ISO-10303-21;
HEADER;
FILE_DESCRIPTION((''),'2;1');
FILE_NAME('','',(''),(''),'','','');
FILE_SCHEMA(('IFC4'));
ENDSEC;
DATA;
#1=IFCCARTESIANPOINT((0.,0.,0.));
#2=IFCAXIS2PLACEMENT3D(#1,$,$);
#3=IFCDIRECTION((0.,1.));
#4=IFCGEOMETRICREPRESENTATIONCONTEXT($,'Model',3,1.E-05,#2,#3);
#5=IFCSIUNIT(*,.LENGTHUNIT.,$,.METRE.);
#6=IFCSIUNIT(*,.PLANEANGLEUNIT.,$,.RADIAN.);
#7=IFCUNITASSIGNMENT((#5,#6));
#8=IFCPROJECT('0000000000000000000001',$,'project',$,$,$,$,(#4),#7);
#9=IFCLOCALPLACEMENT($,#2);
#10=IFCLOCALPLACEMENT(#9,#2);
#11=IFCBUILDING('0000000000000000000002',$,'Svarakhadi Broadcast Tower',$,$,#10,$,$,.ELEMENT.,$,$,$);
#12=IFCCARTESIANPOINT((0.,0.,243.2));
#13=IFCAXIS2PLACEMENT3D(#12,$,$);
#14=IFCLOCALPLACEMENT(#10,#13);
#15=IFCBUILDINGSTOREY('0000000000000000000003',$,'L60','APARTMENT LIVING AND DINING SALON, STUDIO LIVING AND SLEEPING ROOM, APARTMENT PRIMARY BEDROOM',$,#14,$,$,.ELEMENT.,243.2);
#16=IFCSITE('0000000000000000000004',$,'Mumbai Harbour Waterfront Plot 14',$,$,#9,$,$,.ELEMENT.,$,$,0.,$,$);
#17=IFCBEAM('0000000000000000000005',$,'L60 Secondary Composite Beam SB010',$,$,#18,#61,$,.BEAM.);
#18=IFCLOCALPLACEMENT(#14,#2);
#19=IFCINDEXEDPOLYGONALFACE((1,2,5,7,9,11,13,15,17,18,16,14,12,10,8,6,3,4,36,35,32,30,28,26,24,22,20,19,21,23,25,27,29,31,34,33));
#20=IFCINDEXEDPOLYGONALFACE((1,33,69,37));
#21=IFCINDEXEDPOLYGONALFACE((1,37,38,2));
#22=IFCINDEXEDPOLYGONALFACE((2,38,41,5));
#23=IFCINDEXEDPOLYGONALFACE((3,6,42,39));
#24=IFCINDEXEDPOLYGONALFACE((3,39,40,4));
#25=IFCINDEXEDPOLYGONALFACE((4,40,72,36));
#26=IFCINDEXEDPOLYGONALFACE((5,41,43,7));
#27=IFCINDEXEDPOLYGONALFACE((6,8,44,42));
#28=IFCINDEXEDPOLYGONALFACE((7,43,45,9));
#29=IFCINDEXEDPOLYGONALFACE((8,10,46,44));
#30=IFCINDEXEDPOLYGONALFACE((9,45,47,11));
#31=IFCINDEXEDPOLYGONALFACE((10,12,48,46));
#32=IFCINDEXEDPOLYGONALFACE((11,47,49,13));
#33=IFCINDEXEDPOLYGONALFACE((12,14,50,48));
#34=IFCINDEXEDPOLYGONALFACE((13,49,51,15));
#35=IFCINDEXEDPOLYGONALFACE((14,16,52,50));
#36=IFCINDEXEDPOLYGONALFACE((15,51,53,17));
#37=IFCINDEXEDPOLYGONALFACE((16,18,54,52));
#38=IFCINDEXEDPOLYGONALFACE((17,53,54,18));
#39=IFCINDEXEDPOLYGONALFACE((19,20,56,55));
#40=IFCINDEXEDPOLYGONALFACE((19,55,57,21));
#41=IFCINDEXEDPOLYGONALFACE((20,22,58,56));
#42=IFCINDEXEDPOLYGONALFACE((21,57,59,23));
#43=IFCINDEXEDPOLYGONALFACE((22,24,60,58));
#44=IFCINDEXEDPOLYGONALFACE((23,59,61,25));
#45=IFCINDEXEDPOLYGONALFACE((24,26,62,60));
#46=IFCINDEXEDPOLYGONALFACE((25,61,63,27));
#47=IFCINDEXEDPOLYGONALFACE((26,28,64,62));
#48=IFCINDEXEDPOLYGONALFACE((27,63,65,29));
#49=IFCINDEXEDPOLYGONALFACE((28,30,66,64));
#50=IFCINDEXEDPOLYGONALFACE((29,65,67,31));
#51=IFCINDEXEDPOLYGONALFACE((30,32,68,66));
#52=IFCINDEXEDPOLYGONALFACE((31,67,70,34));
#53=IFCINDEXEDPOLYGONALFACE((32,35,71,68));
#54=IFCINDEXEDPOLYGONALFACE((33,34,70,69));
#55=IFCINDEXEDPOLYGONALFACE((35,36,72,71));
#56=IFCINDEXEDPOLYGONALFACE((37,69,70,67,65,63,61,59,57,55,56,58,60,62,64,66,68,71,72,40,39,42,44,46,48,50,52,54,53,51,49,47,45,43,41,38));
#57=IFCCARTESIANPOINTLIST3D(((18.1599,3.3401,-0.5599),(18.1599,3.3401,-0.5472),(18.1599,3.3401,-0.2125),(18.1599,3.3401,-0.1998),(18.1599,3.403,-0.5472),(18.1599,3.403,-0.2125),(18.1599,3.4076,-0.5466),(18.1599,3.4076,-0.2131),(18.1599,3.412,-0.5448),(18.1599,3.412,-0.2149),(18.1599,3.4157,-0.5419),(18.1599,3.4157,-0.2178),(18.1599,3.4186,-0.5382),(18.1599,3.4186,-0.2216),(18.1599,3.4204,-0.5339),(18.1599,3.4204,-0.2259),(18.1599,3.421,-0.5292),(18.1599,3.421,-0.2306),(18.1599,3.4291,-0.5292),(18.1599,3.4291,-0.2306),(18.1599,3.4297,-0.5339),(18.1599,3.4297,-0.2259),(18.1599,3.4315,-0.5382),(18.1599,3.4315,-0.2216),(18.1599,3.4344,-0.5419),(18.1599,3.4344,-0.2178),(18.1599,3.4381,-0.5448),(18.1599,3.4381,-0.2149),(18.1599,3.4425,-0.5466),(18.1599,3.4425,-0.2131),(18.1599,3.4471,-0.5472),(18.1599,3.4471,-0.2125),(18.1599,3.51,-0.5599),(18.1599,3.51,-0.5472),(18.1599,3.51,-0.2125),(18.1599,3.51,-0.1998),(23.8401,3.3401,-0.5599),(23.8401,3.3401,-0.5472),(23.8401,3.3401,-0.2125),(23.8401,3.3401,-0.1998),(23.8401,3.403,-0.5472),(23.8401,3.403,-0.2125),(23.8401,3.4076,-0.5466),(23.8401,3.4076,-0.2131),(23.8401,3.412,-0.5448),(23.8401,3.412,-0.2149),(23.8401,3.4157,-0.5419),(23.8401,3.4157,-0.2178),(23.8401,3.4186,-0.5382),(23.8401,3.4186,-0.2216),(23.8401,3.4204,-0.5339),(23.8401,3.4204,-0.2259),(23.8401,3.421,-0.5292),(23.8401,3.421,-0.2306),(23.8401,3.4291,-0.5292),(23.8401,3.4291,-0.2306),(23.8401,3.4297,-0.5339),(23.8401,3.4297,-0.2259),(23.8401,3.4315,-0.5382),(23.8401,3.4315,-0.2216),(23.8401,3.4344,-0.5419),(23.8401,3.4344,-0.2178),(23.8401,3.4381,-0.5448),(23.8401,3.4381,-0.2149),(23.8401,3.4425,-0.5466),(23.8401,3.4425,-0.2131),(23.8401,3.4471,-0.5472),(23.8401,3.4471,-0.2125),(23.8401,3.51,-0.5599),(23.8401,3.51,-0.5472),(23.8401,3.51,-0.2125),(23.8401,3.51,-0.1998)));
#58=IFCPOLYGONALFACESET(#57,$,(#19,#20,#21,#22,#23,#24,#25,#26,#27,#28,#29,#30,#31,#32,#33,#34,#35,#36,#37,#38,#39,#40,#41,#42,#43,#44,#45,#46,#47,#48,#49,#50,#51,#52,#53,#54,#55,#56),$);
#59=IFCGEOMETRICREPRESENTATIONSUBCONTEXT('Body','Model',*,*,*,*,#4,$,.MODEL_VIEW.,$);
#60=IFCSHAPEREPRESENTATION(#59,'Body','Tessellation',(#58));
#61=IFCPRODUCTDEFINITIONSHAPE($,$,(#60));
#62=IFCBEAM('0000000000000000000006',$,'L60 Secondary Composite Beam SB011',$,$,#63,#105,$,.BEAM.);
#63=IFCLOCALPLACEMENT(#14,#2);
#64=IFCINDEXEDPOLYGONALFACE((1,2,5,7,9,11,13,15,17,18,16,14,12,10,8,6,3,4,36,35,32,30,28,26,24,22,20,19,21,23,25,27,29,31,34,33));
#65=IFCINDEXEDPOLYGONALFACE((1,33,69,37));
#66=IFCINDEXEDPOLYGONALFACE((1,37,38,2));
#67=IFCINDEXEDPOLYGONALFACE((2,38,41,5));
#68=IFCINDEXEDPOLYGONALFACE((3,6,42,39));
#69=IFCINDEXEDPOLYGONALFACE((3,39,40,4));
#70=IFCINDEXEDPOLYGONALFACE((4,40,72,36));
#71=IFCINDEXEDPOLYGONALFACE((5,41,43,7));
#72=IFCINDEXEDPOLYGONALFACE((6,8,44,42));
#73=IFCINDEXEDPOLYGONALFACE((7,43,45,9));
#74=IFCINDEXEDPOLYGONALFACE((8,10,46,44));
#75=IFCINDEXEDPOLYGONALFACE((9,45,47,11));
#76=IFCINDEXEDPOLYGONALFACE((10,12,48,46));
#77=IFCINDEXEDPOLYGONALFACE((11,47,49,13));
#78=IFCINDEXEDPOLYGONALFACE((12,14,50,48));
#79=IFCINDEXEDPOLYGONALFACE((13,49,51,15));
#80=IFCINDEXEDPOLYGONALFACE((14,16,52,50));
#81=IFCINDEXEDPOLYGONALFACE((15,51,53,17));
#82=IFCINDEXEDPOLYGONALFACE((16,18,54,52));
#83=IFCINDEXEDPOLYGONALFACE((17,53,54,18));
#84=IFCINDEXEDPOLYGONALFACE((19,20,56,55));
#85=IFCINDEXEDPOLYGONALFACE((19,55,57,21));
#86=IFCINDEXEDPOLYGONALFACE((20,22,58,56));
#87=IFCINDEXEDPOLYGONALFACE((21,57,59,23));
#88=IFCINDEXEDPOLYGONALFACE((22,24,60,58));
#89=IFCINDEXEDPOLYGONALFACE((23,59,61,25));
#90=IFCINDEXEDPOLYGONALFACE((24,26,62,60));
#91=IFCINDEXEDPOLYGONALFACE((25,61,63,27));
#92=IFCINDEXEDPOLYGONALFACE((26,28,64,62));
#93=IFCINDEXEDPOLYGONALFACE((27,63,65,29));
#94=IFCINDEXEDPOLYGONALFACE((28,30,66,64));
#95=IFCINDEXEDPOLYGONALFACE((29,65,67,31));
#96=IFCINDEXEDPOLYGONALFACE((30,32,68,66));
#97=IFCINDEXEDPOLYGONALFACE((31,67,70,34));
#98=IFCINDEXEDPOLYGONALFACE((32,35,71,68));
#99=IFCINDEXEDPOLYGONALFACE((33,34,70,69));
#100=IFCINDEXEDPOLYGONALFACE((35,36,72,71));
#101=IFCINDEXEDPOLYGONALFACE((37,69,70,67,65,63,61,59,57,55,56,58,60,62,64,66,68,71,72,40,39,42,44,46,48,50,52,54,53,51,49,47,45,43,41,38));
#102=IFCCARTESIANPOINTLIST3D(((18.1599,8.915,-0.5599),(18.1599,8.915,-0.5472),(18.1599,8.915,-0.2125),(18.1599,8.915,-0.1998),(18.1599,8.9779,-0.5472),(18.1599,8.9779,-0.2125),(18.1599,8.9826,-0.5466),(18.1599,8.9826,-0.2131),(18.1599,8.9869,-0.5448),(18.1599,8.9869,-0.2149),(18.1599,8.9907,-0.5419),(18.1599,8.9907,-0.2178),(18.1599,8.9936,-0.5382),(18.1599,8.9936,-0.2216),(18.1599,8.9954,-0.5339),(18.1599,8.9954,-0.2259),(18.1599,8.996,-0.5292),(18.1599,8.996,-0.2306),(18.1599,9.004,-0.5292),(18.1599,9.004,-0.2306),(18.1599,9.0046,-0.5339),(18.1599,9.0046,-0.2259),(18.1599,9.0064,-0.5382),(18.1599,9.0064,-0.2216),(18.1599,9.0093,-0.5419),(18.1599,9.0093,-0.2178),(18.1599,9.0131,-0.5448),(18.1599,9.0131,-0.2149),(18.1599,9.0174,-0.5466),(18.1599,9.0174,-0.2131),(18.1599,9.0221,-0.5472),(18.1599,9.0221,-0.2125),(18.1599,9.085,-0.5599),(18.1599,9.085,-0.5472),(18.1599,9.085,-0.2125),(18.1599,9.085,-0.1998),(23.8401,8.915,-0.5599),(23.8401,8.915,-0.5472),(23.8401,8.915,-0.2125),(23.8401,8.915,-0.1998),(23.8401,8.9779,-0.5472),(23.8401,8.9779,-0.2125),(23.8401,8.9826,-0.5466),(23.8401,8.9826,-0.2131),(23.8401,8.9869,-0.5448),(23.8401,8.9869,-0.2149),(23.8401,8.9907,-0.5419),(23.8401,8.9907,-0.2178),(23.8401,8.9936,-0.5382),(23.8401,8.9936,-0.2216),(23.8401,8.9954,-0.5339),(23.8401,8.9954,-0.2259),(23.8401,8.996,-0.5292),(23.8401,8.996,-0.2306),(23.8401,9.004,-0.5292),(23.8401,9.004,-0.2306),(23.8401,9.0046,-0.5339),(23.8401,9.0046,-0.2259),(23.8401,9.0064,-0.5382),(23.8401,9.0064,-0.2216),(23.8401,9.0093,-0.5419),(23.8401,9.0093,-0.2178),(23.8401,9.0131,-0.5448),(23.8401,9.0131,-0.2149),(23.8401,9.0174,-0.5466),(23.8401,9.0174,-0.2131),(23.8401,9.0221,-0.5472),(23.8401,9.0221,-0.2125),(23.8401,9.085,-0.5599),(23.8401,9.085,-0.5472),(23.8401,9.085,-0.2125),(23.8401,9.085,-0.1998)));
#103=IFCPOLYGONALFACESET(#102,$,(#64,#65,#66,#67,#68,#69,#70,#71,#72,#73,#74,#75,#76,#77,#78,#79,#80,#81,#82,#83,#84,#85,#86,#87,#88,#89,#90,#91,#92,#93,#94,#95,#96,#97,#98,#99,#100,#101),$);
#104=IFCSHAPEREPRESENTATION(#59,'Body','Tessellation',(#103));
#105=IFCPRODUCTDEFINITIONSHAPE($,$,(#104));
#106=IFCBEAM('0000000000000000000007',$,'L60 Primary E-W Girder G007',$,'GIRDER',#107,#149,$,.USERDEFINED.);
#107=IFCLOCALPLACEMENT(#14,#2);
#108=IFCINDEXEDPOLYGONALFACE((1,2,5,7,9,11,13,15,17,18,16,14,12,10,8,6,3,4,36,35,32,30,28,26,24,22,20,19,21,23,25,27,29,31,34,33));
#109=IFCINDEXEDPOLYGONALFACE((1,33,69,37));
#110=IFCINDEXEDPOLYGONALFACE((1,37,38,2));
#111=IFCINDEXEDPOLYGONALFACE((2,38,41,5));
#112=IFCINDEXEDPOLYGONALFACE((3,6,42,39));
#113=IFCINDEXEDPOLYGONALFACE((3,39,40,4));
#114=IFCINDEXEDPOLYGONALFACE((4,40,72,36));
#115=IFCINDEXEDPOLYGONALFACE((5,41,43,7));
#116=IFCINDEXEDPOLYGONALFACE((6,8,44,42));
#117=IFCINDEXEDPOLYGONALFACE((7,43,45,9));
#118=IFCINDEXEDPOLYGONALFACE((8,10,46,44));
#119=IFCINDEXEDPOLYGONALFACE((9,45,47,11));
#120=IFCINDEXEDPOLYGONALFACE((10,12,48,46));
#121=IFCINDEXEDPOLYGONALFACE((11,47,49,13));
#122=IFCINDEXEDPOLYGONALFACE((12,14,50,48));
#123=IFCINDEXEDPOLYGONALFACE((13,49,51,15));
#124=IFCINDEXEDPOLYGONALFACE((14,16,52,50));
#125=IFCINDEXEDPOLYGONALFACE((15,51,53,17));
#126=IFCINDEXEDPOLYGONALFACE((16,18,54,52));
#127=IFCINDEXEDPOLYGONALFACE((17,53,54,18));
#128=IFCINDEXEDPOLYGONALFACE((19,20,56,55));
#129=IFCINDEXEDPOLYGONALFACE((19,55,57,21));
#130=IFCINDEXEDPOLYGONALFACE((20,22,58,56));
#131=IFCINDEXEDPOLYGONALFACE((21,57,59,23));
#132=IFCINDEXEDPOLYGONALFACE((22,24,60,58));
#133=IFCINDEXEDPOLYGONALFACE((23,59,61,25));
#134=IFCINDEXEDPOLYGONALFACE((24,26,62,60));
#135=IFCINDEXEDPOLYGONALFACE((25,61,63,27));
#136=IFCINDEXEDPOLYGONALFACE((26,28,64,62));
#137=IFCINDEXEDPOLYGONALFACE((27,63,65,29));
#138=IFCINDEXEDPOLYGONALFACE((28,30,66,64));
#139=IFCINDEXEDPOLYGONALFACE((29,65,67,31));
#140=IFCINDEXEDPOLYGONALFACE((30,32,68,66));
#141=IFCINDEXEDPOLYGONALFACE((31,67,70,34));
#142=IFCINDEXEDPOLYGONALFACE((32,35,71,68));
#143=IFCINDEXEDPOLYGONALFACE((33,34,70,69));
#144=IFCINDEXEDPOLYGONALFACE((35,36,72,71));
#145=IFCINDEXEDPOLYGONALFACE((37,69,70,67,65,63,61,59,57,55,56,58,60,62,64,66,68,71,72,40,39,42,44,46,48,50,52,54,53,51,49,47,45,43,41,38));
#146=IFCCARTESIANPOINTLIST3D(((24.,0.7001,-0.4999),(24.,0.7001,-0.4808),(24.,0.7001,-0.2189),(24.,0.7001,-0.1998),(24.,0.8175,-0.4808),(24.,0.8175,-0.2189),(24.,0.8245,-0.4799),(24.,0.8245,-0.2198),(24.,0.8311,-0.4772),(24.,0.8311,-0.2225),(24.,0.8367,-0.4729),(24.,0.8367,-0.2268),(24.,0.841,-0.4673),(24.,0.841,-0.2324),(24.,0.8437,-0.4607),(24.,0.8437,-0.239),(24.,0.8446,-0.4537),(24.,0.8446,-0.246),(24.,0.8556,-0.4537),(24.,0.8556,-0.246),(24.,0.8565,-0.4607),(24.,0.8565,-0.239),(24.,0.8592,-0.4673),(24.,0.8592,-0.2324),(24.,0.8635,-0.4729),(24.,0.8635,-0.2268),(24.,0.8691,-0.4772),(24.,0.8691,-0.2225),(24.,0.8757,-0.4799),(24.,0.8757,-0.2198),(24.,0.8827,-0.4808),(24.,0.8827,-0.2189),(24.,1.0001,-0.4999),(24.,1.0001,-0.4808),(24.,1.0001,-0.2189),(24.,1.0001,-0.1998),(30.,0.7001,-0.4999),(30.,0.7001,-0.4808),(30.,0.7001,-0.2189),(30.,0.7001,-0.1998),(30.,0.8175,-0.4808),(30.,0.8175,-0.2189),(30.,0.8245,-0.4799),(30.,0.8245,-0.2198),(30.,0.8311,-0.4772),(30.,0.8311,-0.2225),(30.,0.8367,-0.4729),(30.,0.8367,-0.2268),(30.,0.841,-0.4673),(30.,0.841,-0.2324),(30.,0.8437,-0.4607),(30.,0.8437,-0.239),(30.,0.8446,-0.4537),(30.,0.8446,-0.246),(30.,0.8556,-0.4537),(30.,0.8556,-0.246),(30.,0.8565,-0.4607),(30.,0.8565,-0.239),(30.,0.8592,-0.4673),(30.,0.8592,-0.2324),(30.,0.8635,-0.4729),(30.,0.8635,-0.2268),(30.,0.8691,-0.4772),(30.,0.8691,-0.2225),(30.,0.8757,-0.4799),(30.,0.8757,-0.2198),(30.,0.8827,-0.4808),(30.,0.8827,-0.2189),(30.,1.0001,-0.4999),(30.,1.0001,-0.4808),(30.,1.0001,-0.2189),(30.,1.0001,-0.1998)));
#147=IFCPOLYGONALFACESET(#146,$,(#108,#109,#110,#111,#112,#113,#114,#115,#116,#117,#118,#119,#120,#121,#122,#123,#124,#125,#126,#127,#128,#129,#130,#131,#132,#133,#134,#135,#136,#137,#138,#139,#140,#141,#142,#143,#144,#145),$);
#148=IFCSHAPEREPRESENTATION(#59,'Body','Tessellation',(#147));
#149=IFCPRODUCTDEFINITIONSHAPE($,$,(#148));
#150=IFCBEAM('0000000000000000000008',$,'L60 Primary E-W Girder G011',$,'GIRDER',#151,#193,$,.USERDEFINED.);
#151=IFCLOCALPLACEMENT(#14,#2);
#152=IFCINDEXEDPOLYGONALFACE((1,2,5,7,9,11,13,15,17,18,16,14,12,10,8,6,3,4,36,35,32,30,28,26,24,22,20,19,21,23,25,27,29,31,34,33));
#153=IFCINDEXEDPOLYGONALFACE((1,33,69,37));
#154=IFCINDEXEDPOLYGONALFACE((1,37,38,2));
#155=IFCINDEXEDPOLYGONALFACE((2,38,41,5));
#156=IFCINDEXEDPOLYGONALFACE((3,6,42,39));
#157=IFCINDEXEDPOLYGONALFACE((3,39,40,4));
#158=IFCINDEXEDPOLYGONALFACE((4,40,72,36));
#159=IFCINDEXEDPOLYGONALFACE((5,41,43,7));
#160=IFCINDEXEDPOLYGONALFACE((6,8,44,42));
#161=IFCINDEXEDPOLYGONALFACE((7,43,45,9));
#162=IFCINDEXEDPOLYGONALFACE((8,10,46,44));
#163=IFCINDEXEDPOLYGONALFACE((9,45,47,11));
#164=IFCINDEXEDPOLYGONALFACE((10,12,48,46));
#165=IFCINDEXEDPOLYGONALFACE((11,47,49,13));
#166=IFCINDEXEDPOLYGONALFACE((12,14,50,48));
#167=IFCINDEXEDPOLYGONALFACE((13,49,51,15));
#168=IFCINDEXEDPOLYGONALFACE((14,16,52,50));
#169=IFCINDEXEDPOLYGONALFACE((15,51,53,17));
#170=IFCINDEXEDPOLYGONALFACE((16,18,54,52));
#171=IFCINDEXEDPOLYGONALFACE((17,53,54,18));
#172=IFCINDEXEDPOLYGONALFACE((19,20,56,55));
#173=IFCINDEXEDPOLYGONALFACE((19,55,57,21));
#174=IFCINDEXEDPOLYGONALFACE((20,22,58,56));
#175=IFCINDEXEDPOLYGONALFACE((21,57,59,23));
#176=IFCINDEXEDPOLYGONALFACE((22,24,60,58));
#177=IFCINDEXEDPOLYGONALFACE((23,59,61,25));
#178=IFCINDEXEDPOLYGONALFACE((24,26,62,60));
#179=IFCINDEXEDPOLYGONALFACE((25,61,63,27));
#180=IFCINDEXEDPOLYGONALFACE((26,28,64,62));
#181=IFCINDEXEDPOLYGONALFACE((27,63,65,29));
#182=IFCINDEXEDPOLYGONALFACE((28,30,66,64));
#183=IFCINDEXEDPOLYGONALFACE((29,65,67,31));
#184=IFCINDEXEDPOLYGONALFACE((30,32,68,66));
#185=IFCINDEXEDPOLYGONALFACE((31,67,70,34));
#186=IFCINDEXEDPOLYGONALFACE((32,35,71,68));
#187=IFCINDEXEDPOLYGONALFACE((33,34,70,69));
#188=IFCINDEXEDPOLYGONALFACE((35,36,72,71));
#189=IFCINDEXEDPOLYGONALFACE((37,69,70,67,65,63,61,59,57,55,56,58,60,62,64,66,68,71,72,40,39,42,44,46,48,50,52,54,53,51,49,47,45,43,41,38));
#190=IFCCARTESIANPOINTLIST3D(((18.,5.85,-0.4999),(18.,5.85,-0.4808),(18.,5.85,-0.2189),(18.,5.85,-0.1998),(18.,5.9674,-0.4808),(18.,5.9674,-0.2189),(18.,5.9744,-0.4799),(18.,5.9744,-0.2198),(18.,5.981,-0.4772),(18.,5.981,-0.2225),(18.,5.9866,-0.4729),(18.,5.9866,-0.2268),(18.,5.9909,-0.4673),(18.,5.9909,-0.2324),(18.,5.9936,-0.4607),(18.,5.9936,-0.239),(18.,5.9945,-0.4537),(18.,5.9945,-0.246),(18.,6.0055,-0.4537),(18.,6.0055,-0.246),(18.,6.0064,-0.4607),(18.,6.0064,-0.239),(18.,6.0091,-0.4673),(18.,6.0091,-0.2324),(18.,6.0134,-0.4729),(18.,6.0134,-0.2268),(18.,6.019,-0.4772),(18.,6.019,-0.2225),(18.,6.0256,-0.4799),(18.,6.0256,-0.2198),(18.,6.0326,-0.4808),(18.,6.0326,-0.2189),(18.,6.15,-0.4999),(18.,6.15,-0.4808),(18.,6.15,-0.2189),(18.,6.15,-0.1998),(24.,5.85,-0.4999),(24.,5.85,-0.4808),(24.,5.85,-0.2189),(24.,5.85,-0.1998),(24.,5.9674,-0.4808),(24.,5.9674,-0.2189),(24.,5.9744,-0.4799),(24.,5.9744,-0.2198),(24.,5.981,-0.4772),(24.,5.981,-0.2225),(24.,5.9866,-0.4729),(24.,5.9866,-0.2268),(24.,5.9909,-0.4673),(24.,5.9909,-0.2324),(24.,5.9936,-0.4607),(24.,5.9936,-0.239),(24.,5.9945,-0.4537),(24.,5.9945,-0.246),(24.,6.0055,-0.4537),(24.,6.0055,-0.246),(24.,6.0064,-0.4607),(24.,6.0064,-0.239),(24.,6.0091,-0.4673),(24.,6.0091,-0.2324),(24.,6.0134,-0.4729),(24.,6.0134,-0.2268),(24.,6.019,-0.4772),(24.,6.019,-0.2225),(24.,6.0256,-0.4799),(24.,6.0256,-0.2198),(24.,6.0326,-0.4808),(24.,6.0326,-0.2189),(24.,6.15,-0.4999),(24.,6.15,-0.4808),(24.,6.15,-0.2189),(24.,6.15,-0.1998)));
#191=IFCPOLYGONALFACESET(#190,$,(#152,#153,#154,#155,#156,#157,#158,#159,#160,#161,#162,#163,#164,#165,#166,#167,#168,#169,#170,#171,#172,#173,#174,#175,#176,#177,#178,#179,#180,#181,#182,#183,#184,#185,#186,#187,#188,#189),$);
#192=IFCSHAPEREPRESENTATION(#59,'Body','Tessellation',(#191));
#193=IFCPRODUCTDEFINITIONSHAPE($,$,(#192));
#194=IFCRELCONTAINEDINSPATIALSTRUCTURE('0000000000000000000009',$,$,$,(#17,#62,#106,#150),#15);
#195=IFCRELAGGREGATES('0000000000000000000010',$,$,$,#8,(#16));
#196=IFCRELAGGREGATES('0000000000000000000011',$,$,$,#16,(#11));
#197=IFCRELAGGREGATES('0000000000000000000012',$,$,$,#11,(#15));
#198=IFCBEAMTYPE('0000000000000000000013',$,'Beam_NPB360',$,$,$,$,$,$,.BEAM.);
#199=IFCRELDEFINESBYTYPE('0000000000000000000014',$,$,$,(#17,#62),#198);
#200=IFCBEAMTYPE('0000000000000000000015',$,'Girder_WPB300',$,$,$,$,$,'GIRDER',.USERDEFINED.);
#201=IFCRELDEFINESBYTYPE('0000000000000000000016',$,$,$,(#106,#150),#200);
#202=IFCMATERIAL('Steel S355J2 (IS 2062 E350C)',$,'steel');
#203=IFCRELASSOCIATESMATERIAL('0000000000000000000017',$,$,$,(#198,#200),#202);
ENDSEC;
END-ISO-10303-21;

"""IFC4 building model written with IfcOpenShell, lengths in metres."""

from ifc_helpers import new_model, si_unit, direction, frame, origin, origin_2d, place, context, subcontext, project, spatial, i_section, extrude, material, material_profile, profile_set, type_object, element, save


model = new_model("IFC4")

# Units and contexts
model_context = context("Model", 3, precision=1e-05, world=origin(), true_north=direction((0.0, 1.0)))
body_context = subcontext(model_context, "Body", "Model", "MODEL_VIEW")
ifc_project = project(units=[si_unit("LENGTHUNIT", "METRE"), si_unit("PLANEANGLEUNIT", "RADIAN")], contexts=[model_context])

# Site, building, storey
site_placement = place(None, origin())
site = spatial("IfcSite", under=ifc_project, at=site_placement, Name="Mumbai Harbour Waterfront Plot 14", CompositionType="ELEMENT", RefElevation=0.0)
building_placement = place(site_placement, origin())
building = spatial("IfcBuilding", under=site, at=building_placement, Name="Svarakhadi Broadcast Tower", CompositionType="ELEMENT")
storey_placement = place(building_placement, frame((0.0, 0.0, 243.2)))
storey = spatial("IfcBuildingStorey", under=building, at=storey_placement, Name="L60", Description="APARTMENT LIVING AND DINING SALON, STUDIO LIVING AND SLEEPING ROOM, APARTMENT PRIMARY BEDROOM", CompositionType="ELEMENT", Elevation=243.2)

# Beams
ifc_material_1 = material(Name="Steel S355J2 (IS 2062 E350C)", Category="steel")
ifc_material_profile_1 = material_profile(ifc_material_1, i_section(OverallWidth=0.1699, OverallDepth=0.3601, WebThickness=0.0081, FlangeThickness=0.0127, FilletRadius=0.0181, at=origin_2d()), Name="NPB 360x170x57")
ifc_profile_set_1 = profile_set([ifc_material_profile_1], Name="Steel S355J2 (IS 2062 E350C)")
beam_type_1 = type_object("IfcBeamType", Name="Beam_NPB360", PredefinedType="BEAM", material=ifc_profile_set_1)
for number, where, z_axis, x_axis, name in (
    (1, (18.1599, 3.425, -0.3799), (1.0, 0.0, 0.0), (0.0, 1.0, 0.0), "L60 Secondary Composite Beam SB010"),
    (2, (18.1599, 9.0, -0.3799), (1.0, 0.0, 0.0), (0.0, 1.0, 0.0), "L60 Secondary Composite Beam SB011"),
):
    element("IfcBeam", number, at=place(storey_placement, frame(where, z_axis=z_axis, x_axis=x_axis)), inside=storey, type_object=beam_type_1, Name=name, PredefinedType="BEAM", context=body_context, shape_type="SweptSolid", body=[
        extrude(i_section(OverallWidth=0.1699, OverallDepth=0.3601, WebThickness=0.0081, FlangeThickness=0.0127, FilletRadius=0.0181, at=origin_2d()), origin(), (0.0, 0.0, 1.0), 5.6802),
    ])
ifc_material_profile_2 = material_profile(ifc_material_1, i_section(OverallWidth=0.3, OverallDepth=0.3, WebThickness=0.011, FlangeThickness=0.019, FilletRadius=0.0271, at=origin_2d()), Name="WPB 300x300x117")
ifc_profile_set_2 = profile_set([ifc_material_profile_2], Name="Steel S355J2 (IS 2062 E350C)")
beam_type_2 = type_object("IfcBeamType", Name="Girder_WPB300", ElementType="GIRDER", PredefinedType="USERDEFINED", material=ifc_profile_set_2)
for number, where, z_axis, x_axis, name in (
    (3, (24.0, 0.8501, -0.3499), (1.0, 0.0, 0.0), (0.0, 1.0, 0.0), "L60 Primary E-W Girder G007"),
    (4, (18.0, 6.0, -0.3499), (1.0, 0.0, 0.0), (0.0, 1.0, 0.0), "L60 Primary E-W Girder G011"),
):
    element("IfcBeam", number, at=place(storey_placement, frame(where, z_axis=z_axis, x_axis=x_axis)), inside=storey, type_object=beam_type_2, Name=name, ObjectType="GIRDER", PredefinedType="USERDEFINED", context=body_context, shape_type="SweptSolid", body=[
        extrude(i_section(OverallWidth=0.3, OverallDepth=0.3, WebThickness=0.011, FlangeThickness=0.019, FilletRadius=0.0271, at=origin_2d()), origin(), (0.0, 0.0, 1.0), 6.0),
    ])

save(model, "model.ifc")
